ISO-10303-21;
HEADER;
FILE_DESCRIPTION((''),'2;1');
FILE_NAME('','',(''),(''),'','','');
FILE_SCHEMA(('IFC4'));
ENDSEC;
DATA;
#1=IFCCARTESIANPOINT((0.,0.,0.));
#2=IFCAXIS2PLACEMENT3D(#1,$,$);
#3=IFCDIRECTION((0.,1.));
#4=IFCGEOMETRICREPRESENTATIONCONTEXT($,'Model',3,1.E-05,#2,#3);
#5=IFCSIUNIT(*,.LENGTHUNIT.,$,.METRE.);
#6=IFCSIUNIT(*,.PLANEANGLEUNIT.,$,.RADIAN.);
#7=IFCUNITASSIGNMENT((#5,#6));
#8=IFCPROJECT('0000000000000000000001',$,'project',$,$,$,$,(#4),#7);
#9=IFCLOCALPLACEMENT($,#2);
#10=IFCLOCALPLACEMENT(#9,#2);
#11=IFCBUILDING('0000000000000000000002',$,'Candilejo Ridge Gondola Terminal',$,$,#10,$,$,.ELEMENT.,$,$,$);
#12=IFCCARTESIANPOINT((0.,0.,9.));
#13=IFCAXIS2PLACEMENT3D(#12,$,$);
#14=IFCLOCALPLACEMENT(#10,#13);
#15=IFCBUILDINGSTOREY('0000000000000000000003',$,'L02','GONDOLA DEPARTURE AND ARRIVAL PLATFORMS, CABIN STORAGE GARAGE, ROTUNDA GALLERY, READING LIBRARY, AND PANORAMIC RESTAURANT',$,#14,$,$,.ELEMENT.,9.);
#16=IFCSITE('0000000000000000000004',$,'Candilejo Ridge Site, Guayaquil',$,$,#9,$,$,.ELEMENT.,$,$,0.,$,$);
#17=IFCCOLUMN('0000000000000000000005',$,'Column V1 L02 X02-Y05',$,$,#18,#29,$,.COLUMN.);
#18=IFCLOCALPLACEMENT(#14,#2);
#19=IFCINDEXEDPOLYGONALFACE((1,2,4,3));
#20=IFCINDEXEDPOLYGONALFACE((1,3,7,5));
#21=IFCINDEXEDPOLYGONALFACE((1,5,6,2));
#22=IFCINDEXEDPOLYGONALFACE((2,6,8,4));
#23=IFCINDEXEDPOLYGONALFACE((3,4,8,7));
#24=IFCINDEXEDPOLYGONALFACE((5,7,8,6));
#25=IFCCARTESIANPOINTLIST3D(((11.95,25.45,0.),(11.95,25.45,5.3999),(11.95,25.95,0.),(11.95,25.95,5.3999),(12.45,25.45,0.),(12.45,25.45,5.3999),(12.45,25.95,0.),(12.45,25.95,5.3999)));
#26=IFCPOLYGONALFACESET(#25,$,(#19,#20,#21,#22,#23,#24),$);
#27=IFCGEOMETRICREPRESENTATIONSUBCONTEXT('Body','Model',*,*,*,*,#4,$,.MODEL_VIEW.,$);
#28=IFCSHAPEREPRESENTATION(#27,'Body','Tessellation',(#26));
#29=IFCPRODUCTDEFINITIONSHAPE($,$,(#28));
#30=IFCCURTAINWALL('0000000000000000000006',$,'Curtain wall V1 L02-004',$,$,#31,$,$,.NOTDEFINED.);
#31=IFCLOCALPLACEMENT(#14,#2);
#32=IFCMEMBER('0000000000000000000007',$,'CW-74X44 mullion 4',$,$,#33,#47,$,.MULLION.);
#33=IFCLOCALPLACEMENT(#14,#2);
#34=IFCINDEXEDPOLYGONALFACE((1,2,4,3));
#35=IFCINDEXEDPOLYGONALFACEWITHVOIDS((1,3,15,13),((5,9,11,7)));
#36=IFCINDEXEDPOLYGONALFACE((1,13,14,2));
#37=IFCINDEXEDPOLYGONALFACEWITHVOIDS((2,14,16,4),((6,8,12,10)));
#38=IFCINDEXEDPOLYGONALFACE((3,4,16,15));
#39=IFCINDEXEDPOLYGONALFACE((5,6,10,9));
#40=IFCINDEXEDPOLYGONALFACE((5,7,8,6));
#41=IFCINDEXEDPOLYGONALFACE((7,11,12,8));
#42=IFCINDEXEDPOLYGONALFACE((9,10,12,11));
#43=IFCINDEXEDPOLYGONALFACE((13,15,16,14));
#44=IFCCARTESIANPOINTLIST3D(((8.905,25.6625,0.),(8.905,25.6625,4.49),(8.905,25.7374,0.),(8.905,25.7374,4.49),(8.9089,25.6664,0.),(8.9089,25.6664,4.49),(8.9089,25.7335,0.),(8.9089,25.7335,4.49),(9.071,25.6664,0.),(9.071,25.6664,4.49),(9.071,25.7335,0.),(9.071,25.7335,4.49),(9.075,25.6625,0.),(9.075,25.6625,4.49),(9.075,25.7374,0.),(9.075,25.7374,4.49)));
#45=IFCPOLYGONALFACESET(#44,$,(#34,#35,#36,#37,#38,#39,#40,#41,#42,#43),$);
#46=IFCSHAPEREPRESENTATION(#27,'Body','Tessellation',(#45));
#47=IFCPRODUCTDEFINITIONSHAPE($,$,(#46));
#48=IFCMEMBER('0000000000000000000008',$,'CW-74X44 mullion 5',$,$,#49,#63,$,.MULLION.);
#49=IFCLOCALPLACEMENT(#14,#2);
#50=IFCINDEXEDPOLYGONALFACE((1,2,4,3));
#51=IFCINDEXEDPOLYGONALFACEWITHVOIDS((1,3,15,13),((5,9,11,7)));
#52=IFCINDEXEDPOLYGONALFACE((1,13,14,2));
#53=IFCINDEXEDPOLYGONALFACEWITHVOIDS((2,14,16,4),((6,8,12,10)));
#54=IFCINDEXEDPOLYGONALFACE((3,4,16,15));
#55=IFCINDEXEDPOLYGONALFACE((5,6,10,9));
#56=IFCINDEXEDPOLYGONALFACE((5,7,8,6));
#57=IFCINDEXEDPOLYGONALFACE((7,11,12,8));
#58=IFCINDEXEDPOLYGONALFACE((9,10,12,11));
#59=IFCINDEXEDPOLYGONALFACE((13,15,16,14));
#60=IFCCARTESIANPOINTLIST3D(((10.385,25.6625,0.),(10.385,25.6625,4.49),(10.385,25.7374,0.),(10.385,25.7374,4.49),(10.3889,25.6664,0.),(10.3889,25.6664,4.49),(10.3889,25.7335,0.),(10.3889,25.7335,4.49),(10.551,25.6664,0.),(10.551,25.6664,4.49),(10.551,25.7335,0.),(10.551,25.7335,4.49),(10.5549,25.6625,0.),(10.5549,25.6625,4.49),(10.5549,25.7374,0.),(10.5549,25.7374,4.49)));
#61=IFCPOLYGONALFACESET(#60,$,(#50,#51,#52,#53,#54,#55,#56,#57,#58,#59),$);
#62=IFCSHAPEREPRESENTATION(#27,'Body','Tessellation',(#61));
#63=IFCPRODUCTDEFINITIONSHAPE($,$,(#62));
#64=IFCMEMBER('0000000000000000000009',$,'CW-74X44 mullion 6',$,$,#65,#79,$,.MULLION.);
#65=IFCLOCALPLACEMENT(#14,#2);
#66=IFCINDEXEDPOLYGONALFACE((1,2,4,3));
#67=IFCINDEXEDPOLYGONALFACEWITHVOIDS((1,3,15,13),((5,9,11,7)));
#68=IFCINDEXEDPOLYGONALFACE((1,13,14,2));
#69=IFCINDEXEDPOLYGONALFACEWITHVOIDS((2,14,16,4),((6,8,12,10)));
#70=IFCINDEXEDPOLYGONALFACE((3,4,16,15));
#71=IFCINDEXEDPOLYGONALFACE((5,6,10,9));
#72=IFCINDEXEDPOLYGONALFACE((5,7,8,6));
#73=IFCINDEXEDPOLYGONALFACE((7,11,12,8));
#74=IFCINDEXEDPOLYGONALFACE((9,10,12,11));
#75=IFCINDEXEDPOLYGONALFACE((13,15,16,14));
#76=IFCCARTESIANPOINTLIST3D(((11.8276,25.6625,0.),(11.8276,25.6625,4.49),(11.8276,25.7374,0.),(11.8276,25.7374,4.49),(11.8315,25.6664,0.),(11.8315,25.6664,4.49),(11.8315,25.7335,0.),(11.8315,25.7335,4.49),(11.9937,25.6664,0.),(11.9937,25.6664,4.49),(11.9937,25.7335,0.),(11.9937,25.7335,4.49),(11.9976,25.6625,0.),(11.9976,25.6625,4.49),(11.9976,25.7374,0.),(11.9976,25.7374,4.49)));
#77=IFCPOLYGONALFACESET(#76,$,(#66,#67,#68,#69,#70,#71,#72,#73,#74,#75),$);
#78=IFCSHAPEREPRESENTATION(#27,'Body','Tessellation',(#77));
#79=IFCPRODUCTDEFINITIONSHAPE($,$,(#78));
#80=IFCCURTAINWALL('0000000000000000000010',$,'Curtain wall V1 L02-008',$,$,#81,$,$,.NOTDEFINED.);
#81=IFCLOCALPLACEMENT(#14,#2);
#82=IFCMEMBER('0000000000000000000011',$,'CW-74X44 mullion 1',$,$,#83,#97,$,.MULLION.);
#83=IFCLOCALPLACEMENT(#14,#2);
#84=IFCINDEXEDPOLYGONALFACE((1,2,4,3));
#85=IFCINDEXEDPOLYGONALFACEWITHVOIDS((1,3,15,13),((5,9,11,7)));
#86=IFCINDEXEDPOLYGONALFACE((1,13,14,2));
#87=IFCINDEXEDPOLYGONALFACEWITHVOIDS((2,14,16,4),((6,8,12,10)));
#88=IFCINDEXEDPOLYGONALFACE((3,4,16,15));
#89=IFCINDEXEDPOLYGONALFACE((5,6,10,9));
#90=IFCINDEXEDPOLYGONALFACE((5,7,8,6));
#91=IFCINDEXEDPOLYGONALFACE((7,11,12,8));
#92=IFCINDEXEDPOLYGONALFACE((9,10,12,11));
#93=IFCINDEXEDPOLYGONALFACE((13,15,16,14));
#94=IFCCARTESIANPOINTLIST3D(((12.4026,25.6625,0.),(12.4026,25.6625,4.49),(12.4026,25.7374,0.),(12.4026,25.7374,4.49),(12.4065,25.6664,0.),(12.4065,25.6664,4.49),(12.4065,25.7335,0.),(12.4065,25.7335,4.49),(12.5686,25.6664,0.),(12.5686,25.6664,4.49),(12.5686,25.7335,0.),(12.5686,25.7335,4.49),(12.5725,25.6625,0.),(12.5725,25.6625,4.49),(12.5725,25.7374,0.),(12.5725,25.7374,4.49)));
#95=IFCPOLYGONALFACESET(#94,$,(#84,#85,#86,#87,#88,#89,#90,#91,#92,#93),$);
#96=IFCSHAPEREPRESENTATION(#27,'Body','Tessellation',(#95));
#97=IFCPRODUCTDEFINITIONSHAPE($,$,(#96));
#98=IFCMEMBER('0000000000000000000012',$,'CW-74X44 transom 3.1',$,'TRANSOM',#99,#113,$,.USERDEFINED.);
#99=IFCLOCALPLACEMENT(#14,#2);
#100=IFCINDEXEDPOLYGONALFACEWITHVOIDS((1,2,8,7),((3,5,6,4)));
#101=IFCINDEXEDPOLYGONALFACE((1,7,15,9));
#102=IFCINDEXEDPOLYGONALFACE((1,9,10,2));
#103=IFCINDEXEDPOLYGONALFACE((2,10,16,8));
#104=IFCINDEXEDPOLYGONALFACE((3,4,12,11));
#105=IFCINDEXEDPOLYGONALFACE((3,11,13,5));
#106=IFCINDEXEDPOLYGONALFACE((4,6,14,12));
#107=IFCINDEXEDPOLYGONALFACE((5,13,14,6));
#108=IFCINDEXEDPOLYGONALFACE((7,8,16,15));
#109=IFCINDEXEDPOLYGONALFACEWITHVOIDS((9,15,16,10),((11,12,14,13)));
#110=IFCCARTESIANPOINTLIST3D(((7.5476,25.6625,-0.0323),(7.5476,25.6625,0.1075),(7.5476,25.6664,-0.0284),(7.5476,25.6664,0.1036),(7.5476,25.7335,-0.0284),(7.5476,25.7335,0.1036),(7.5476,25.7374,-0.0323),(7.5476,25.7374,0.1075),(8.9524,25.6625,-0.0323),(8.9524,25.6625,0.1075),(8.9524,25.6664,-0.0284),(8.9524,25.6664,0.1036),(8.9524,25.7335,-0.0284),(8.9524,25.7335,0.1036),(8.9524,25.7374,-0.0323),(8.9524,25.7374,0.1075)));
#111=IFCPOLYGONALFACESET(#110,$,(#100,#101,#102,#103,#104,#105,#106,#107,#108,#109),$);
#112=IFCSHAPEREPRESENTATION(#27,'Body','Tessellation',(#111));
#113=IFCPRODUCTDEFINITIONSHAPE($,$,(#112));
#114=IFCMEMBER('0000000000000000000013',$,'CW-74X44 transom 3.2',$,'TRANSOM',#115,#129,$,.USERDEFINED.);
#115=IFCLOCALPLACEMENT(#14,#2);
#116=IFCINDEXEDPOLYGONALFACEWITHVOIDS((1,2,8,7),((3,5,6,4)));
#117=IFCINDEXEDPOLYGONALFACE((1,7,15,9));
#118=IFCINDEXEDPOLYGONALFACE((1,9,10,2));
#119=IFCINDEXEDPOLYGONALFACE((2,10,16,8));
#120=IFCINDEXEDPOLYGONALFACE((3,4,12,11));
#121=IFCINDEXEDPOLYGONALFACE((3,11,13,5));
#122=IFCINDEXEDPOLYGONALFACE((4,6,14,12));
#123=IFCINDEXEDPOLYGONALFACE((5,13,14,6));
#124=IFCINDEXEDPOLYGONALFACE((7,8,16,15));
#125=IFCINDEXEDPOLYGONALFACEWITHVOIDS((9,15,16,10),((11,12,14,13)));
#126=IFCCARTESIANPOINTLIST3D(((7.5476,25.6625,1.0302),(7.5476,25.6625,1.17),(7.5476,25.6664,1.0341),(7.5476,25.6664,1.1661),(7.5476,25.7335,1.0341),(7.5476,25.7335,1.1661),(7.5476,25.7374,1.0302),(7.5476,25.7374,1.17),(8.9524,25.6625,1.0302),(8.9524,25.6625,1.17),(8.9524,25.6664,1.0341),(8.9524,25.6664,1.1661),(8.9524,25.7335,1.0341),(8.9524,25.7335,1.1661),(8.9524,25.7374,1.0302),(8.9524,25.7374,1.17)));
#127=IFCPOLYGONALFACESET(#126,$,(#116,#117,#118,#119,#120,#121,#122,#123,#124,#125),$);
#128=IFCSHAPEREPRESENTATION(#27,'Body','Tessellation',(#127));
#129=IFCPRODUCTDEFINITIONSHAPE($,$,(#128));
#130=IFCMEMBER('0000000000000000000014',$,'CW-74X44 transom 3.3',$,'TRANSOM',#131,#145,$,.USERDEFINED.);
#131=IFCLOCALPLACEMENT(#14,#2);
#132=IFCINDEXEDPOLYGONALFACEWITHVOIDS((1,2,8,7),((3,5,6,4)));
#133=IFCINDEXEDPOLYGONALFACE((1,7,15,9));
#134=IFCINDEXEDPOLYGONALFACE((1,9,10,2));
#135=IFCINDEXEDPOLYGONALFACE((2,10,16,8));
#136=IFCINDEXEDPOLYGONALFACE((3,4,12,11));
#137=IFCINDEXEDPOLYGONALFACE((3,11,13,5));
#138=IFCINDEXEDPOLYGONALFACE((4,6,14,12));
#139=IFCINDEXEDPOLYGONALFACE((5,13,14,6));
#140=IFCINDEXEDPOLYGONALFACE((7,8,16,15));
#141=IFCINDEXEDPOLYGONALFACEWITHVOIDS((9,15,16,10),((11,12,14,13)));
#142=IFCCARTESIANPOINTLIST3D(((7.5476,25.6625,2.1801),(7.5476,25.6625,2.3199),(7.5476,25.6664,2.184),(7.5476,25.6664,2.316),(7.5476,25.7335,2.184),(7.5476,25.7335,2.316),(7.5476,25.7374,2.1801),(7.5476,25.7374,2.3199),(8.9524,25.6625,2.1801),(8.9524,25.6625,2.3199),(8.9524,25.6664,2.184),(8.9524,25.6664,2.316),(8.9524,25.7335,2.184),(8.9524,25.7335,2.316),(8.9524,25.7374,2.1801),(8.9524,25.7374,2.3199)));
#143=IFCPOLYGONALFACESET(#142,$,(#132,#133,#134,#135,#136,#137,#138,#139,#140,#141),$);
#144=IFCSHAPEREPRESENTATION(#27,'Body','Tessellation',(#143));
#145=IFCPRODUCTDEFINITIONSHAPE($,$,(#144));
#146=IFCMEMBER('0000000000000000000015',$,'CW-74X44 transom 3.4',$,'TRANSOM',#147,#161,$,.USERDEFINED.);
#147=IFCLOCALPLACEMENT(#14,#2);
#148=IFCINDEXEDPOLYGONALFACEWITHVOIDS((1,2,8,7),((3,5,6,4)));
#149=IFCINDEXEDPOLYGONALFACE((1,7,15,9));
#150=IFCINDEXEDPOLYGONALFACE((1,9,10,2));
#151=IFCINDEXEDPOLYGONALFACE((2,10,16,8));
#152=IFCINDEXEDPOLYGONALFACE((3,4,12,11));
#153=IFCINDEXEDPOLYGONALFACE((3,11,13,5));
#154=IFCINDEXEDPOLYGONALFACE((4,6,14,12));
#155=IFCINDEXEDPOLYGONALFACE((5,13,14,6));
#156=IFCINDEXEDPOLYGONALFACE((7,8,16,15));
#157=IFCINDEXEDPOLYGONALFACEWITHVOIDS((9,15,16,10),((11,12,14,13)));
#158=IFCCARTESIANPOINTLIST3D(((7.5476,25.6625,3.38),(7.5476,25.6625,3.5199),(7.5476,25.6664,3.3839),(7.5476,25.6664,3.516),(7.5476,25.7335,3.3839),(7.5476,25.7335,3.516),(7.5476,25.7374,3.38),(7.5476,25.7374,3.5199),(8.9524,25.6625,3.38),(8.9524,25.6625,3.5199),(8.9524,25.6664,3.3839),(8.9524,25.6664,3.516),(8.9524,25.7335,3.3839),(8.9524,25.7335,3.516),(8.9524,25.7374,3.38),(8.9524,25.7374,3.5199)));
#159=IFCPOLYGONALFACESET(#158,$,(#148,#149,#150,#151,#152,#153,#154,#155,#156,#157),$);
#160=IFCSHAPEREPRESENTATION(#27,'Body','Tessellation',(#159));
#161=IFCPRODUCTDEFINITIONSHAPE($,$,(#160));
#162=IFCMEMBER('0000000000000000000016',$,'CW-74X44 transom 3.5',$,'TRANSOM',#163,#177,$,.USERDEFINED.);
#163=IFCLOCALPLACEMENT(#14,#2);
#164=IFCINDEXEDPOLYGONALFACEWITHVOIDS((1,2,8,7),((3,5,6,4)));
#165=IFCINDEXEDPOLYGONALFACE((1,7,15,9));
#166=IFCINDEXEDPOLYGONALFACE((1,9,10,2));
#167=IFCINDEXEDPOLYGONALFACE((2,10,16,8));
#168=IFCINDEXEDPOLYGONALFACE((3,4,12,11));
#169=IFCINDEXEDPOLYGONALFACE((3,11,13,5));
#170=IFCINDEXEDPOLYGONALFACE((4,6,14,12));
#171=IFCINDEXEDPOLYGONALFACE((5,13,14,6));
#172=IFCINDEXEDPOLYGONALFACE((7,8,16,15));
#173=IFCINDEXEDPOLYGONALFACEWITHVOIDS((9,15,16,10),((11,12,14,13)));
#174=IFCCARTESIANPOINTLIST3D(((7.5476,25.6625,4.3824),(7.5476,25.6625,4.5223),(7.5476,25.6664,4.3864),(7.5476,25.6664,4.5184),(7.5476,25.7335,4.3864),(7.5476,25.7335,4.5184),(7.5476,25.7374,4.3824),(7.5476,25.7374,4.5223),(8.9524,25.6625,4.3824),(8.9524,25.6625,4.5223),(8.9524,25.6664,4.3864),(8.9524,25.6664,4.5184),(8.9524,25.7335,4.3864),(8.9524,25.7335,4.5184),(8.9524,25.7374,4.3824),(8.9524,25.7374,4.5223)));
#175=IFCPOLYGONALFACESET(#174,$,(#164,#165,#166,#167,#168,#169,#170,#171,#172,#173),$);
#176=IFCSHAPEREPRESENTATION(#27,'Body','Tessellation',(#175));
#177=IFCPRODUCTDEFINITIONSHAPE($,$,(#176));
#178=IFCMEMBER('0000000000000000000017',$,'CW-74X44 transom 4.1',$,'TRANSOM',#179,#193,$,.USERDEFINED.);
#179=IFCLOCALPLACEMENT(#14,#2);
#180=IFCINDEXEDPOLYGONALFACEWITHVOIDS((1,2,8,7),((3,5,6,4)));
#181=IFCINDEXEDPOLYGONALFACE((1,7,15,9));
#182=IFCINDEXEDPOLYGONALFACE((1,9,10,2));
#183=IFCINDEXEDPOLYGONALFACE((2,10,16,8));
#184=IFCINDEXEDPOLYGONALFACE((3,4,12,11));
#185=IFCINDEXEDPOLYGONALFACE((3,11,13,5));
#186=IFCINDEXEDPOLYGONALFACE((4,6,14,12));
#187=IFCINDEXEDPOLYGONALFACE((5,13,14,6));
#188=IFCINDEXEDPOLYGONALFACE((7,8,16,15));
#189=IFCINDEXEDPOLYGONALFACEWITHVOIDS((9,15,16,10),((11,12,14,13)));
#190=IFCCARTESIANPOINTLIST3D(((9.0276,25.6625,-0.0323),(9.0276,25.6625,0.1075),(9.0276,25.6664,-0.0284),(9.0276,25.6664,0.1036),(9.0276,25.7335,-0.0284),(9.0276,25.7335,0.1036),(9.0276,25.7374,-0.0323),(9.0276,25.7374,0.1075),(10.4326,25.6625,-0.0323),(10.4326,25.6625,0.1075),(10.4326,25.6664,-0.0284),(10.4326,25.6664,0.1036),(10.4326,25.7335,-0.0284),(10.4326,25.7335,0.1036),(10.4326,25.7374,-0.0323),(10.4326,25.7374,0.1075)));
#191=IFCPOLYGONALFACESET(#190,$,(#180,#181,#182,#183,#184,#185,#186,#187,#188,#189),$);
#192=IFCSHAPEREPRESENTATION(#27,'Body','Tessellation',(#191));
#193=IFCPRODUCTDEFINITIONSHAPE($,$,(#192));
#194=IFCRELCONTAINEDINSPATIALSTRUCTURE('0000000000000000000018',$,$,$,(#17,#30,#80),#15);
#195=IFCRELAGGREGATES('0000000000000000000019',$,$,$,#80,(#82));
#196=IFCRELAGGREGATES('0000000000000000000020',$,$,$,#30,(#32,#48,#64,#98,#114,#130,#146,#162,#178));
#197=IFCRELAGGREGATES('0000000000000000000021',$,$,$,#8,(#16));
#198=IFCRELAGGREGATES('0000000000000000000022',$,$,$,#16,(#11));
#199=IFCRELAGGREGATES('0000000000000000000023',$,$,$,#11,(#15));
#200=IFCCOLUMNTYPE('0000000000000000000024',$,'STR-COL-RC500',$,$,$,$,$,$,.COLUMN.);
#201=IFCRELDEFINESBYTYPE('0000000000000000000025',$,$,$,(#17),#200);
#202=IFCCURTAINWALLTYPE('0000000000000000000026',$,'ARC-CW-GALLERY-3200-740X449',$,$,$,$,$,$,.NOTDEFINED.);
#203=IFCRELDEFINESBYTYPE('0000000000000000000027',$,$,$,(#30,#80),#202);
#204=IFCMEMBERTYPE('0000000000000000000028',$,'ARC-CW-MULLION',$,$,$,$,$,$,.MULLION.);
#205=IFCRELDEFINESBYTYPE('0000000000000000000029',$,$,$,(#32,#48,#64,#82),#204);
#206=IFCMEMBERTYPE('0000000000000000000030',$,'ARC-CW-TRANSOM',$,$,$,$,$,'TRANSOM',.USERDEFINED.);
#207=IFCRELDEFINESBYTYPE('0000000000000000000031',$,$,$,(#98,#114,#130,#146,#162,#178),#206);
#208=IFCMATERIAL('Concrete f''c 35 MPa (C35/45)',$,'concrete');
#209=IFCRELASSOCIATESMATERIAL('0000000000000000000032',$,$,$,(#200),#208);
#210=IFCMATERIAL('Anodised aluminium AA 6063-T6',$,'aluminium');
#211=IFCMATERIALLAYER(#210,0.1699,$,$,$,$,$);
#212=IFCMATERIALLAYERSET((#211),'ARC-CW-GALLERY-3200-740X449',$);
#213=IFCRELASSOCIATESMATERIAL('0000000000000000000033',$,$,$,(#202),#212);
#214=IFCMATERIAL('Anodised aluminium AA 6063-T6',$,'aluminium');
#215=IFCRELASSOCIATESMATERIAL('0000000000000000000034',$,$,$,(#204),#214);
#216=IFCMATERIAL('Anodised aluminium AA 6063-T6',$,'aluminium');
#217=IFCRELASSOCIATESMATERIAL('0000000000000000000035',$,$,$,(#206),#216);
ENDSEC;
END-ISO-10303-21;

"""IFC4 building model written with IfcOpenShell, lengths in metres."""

from ifc_helpers import new_model, si_unit, direction, frame, origin, origin_2d, place, context, subcontext, project, spatial, rectangle, hollow_rectangle, extrude, material, layer, layer_set, material_profile, profile_set, type_object, element, aggregate, save


model = new_model("IFC4")

# Units and contexts
model_context = context("Model", 3, precision=1e-05, world=origin(), true_north=direction((0.0, 1.0)))
body_context = subcontext(model_context, "Body", "Model", "MODEL_VIEW")
ifc_project = project(units=[si_unit("LENGTHUNIT", "METRE"), si_unit("PLANEANGLEUNIT", "RADIAN")], contexts=[model_context])

# Site, building, storey
site_placement = place(None, origin())
site = spatial("IfcSite", under=ifc_project, at=site_placement, Name="Candilejo Ridge Site, Guayaquil", CompositionType="ELEMENT", RefElevation=0.0)
building_placement = place(site_placement, origin())
building = spatial("IfcBuilding", under=site, at=building_placement, Name="Candilejo Ridge Gondola Terminal", CompositionType="ELEMENT")
storey_placement = place(building_placement, frame((0.0, 0.0, 9.0)))
storey = spatial("IfcBuildingStorey", under=building, at=storey_placement, Name="L02", Description="GONDOLA DEPARTURE AND ARRIVAL PLATFORMS, CABIN STORAGE GARAGE, ROTUNDA GALLERY, READING LIBRARY, AND PANORAMIC RESTAURANT", CompositionType="ELEMENT", Elevation=9.0)

# Column
ifc_material_1 = material(Name="Concrete f'c 35 MPa (C35/45)", Category="concrete")
ifc_material_profile_1 = material_profile(ifc_material_1, rectangle(XDim=0.5, YDim=0.5, at=origin_2d()))
ifc_profile_set_1 = profile_set([ifc_material_profile_1], Name="Concrete f'c 35 MPa (C35/45)")
column_type = type_object("IfcColumnType", Name="STR-COL-RC500", PredefinedType="COLUMN", material=ifc_profile_set_1)
column_placement = place(storey_placement, frame((12.2, 25.7, 0.0), z_axis=(0.0, 0.0, 1.0), x_axis=(1.0, 0.0, 0.0)))
element("IfcColumn", 1, at=column_placement, inside=storey, type_object=column_type, Name="Column V1 L02 X02-Y05", PredefinedType="COLUMN", context=body_context, shape_type="SweptSolid", body=[
    extrude(rectangle(XDim=0.5, YDim=0.5, at=origin_2d()), origin(), (0.0, 0.0, 1.0), 5.3999),
])

# Curtain wall, members
ifc_material_2 = material(Name="Anodised aluminium AA 6063-T6", Category="aluminium")
ifc_layer_1 = layer(ifc_material_2, 0.1699)
ifc_layer_set_1 = layer_set([ifc_layer_1], Name="ARC-CW-GALLERY-3200-740X449")
curtain_wall_type = type_object("IfcCurtainWallType", Name="ARC-CW-GALLERY-3200-740X449", PredefinedType="NOTDEFINED", material=ifc_layer_set_1)
curtain_wall_1_placement = place(storey_placement, origin())
curtain_wall_1 = element("IfcCurtainWall", 2, at=curtain_wall_1_placement, inside=storey, type_object=curtain_wall_type, Name="Curtain wall V1 L02-004", PredefinedType="NOTDEFINED")
ifc_material_3 = material(Name="Anodised aluminium AA 6063-T6", Category="aluminium")
ifc_material_profile_2 = material_profile(ifc_material_3, hollow_rectangle(XDim=0.075, YDim=0.1699, WallThickness=0.0039, at=origin_2d()))
ifc_profile_set_2 = profile_set([ifc_material_profile_2], Name="Anodised aluminium AA 6063-T6")
member_type_1 = type_object("IfcMemberType", Name="ARC-CW-MULLION", PredefinedType="MULLION", material=ifc_profile_set_2)
member_1_placement = place(storey_placement, frame((8.99, 25.7, 0.0), z_axis=(0.0, 0.0, 1.0), x_axis=(0.0, 1.0, 0.0)))
member_1 = element("IfcMember", 3, at=member_1_placement, type_object=member_type_1, Name="CW-74X44 mullion 4", PredefinedType="MULLION", context=body_context, shape_type="SweptSolid", body=[
    extrude(hollow_rectangle(XDim=0.075, YDim=0.1699, WallThickness=0.0039, at=origin_2d()), origin(), (0.0, 0.0, 1.0), 4.49),
])
member_2_placement = place(storey_placement, frame((10.47, 25.7, 0.0), z_axis=(0.0, 0.0, 1.0), x_axis=(0.0, 1.0, 0.0)))
member_2 = element("IfcMember", 4, at=member_2_placement, type_object=member_type_1, Name="CW-74X44 mullion 5", PredefinedType="MULLION", context=body_context, shape_type="SweptSolid", body=[
    extrude(hollow_rectangle(XDim=0.075, YDim=0.1699, WallThickness=0.0039, at=origin_2d()), origin(), (0.0, 0.0, 1.0), 4.49),
])
member_3_placement = place(storey_placement, frame((11.9126, 25.7, 0.0), z_axis=(0.0, 0.0, 1.0), x_axis=(0.0, 1.0, 0.0)))
member_3 = element("IfcMember", 5, at=member_3_placement, type_object=member_type_1, Name="CW-74X44 mullion 6", PredefinedType="MULLION", context=body_context, shape_type="SweptSolid", body=[
    extrude(hollow_rectangle(XDim=0.075, YDim=0.1699, WallThickness=0.0039, at=origin_2d()), origin(), (0.0, 0.0, 1.0), 4.49),
])

# Curtain wall, member
curtain_wall_2_placement = place(storey_placement, origin())
curtain_wall_2 = element("IfcCurtainWall", 6, at=curtain_wall_2_placement, inside=storey, type_object=curtain_wall_type, Name="Curtain wall V1 L02-008", PredefinedType="NOTDEFINED")
member_4_placement = place(storey_placement, frame((12.4875, 25.7, 0.0), z_axis=(0.0, 0.0, 1.0), x_axis=(0.0, 1.0, 0.0)))
member_4 = element("IfcMember", 7, at=member_4_placement, type_object=member_type_1, Name="CW-74X44 mullion 1", PredefinedType="MULLION", context=body_context, shape_type="SweptSolid", body=[
    extrude(hollow_rectangle(XDim=0.075, YDim=0.1699, WallThickness=0.0039, at=origin_2d()), origin(), (0.0, 0.0, 1.0), 4.49),
])

# Members
ifc_material_4 = material(Name="Anodised aluminium AA 6063-T6", Category="aluminium")
ifc_material_profile_3 = material_profile(ifc_material_4, hollow_rectangle(XDim=0.075, YDim=0.1399, WallThickness=0.0039, at=origin_2d()))
ifc_profile_set_3 = profile_set([ifc_material_profile_3], Name="Anodised aluminium AA 6063-T6")
member_type_2 = type_object("IfcMemberType", Name="ARC-CW-TRANSOM", ElementType="TRANSOM", PredefinedType="USERDEFINED", material=ifc_profile_set_3)
member_5_placement = place(storey_placement, frame((7.5476, 25.7, 0.0376), z_axis=(1.0, 0.0, 0.0), x_axis=(0.0, 1.0, 0.0)))
member_5 = element("IfcMember", 8, at=member_5_placement, type_object=member_type_2, Name="CW-74X44 transom 3.1", ObjectType="TRANSOM", PredefinedType="USERDEFINED", context=body_context, shape_type="SweptSolid", body=[
    extrude(hollow_rectangle(XDim=0.075, YDim=0.1399, WallThickness=0.0039, at=origin_2d()), origin(), (0.0, 0.0, 1.0), 1.4048),
])
member_6_placement = place(storey_placement, frame((7.5476, 25.7, 1.1001), z_axis=(1.0, 0.0, 0.0), x_axis=(0.0, 1.0, 0.0)))
member_6 = element("IfcMember", 9, at=member_6_placement, type_object=member_type_2, Name="CW-74X44 transom 3.2", ObjectType="TRANSOM", PredefinedType="USERDEFINED", context=body_context, shape_type="SweptSolid", body=[
    extrude(hollow_rectangle(XDim=0.075, YDim=0.1399, WallThickness=0.0039, at=origin_2d()), origin(), (0.0, 0.0, 1.0), 1.4048),
])
member_7_placement = place(storey_placement, frame((7.5476, 25.7, 2.25), z_axis=(1.0, 0.0, 0.0), x_axis=(0.0, 1.0, 0.0)))
member_7 = element("IfcMember", 10, at=member_7_placement, type_object=member_type_2, Name="CW-74X44 transom 3.3", ObjectType="TRANSOM", PredefinedType="USERDEFINED", context=body_context, shape_type="SweptSolid", body=[
    extrude(hollow_rectangle(XDim=0.075, YDim=0.1399, WallThickness=0.0039, at=origin_2d()), origin(), (0.0, 0.0, 1.0), 1.4048),
])
member_8_placement = place(storey_placement, frame((7.5476, 25.7, 3.45), z_axis=(1.0, 0.0, 0.0), x_axis=(0.0, 1.0, 0.0)))
member_8 = element("IfcMember", 11, at=member_8_placement, type_object=member_type_2, Name="CW-74X44 transom 3.4", ObjectType="TRANSOM", PredefinedType="USERDEFINED", context=body_context, shape_type="SweptSolid", body=[
    extrude(hollow_rectangle(XDim=0.075, YDim=0.1399, WallThickness=0.0039, at=origin_2d()), origin(), (0.0, 0.0, 1.0), 1.4048),
])
member_9_placement = place(storey_placement, frame((7.5476, 25.7, 4.4524), z_axis=(1.0, 0.0, 0.0), x_axis=(0.0, 1.0, 0.0)))
member_9 = element("IfcMember", 12, at=member_9_placement, type_object=member_type_2, Name="CW-74X44 transom 3.5", ObjectType="TRANSOM", PredefinedType="USERDEFINED", context=body_context, shape_type="SweptSolid", body=[
    extrude(hollow_rectangle(XDim=0.075, YDim=0.1399, WallThickness=0.0039, at=origin_2d()), origin(), (0.0, 0.0, 1.0), 1.4048),
])
member_10_placement = place(storey_placement, frame((9.0276, 25.7, 0.0376), z_axis=(1.0, 0.0, 0.0), x_axis=(0.0, 1.0, 0.0)))
member_10 = element("IfcMember", 13, at=member_10_placement, type_object=member_type_2, Name="CW-74X44 transom 4.1", ObjectType="TRANSOM", PredefinedType="USERDEFINED", context=body_context, shape_type="SweptSolid", body=[
    extrude(hollow_rectangle(XDim=0.075, YDim=0.1399, WallThickness=0.0039, at=origin_2d()), origin(), (0.0, 0.0, 1.0), 1.405),
])
aggregate(curtain_wall_2, [member_4])

aggregate(curtain_wall_1, [member_1, member_2, member_3, member_5, member_6, member_7, member_8, member_9, member_10])

save(model, "model.ifc")
